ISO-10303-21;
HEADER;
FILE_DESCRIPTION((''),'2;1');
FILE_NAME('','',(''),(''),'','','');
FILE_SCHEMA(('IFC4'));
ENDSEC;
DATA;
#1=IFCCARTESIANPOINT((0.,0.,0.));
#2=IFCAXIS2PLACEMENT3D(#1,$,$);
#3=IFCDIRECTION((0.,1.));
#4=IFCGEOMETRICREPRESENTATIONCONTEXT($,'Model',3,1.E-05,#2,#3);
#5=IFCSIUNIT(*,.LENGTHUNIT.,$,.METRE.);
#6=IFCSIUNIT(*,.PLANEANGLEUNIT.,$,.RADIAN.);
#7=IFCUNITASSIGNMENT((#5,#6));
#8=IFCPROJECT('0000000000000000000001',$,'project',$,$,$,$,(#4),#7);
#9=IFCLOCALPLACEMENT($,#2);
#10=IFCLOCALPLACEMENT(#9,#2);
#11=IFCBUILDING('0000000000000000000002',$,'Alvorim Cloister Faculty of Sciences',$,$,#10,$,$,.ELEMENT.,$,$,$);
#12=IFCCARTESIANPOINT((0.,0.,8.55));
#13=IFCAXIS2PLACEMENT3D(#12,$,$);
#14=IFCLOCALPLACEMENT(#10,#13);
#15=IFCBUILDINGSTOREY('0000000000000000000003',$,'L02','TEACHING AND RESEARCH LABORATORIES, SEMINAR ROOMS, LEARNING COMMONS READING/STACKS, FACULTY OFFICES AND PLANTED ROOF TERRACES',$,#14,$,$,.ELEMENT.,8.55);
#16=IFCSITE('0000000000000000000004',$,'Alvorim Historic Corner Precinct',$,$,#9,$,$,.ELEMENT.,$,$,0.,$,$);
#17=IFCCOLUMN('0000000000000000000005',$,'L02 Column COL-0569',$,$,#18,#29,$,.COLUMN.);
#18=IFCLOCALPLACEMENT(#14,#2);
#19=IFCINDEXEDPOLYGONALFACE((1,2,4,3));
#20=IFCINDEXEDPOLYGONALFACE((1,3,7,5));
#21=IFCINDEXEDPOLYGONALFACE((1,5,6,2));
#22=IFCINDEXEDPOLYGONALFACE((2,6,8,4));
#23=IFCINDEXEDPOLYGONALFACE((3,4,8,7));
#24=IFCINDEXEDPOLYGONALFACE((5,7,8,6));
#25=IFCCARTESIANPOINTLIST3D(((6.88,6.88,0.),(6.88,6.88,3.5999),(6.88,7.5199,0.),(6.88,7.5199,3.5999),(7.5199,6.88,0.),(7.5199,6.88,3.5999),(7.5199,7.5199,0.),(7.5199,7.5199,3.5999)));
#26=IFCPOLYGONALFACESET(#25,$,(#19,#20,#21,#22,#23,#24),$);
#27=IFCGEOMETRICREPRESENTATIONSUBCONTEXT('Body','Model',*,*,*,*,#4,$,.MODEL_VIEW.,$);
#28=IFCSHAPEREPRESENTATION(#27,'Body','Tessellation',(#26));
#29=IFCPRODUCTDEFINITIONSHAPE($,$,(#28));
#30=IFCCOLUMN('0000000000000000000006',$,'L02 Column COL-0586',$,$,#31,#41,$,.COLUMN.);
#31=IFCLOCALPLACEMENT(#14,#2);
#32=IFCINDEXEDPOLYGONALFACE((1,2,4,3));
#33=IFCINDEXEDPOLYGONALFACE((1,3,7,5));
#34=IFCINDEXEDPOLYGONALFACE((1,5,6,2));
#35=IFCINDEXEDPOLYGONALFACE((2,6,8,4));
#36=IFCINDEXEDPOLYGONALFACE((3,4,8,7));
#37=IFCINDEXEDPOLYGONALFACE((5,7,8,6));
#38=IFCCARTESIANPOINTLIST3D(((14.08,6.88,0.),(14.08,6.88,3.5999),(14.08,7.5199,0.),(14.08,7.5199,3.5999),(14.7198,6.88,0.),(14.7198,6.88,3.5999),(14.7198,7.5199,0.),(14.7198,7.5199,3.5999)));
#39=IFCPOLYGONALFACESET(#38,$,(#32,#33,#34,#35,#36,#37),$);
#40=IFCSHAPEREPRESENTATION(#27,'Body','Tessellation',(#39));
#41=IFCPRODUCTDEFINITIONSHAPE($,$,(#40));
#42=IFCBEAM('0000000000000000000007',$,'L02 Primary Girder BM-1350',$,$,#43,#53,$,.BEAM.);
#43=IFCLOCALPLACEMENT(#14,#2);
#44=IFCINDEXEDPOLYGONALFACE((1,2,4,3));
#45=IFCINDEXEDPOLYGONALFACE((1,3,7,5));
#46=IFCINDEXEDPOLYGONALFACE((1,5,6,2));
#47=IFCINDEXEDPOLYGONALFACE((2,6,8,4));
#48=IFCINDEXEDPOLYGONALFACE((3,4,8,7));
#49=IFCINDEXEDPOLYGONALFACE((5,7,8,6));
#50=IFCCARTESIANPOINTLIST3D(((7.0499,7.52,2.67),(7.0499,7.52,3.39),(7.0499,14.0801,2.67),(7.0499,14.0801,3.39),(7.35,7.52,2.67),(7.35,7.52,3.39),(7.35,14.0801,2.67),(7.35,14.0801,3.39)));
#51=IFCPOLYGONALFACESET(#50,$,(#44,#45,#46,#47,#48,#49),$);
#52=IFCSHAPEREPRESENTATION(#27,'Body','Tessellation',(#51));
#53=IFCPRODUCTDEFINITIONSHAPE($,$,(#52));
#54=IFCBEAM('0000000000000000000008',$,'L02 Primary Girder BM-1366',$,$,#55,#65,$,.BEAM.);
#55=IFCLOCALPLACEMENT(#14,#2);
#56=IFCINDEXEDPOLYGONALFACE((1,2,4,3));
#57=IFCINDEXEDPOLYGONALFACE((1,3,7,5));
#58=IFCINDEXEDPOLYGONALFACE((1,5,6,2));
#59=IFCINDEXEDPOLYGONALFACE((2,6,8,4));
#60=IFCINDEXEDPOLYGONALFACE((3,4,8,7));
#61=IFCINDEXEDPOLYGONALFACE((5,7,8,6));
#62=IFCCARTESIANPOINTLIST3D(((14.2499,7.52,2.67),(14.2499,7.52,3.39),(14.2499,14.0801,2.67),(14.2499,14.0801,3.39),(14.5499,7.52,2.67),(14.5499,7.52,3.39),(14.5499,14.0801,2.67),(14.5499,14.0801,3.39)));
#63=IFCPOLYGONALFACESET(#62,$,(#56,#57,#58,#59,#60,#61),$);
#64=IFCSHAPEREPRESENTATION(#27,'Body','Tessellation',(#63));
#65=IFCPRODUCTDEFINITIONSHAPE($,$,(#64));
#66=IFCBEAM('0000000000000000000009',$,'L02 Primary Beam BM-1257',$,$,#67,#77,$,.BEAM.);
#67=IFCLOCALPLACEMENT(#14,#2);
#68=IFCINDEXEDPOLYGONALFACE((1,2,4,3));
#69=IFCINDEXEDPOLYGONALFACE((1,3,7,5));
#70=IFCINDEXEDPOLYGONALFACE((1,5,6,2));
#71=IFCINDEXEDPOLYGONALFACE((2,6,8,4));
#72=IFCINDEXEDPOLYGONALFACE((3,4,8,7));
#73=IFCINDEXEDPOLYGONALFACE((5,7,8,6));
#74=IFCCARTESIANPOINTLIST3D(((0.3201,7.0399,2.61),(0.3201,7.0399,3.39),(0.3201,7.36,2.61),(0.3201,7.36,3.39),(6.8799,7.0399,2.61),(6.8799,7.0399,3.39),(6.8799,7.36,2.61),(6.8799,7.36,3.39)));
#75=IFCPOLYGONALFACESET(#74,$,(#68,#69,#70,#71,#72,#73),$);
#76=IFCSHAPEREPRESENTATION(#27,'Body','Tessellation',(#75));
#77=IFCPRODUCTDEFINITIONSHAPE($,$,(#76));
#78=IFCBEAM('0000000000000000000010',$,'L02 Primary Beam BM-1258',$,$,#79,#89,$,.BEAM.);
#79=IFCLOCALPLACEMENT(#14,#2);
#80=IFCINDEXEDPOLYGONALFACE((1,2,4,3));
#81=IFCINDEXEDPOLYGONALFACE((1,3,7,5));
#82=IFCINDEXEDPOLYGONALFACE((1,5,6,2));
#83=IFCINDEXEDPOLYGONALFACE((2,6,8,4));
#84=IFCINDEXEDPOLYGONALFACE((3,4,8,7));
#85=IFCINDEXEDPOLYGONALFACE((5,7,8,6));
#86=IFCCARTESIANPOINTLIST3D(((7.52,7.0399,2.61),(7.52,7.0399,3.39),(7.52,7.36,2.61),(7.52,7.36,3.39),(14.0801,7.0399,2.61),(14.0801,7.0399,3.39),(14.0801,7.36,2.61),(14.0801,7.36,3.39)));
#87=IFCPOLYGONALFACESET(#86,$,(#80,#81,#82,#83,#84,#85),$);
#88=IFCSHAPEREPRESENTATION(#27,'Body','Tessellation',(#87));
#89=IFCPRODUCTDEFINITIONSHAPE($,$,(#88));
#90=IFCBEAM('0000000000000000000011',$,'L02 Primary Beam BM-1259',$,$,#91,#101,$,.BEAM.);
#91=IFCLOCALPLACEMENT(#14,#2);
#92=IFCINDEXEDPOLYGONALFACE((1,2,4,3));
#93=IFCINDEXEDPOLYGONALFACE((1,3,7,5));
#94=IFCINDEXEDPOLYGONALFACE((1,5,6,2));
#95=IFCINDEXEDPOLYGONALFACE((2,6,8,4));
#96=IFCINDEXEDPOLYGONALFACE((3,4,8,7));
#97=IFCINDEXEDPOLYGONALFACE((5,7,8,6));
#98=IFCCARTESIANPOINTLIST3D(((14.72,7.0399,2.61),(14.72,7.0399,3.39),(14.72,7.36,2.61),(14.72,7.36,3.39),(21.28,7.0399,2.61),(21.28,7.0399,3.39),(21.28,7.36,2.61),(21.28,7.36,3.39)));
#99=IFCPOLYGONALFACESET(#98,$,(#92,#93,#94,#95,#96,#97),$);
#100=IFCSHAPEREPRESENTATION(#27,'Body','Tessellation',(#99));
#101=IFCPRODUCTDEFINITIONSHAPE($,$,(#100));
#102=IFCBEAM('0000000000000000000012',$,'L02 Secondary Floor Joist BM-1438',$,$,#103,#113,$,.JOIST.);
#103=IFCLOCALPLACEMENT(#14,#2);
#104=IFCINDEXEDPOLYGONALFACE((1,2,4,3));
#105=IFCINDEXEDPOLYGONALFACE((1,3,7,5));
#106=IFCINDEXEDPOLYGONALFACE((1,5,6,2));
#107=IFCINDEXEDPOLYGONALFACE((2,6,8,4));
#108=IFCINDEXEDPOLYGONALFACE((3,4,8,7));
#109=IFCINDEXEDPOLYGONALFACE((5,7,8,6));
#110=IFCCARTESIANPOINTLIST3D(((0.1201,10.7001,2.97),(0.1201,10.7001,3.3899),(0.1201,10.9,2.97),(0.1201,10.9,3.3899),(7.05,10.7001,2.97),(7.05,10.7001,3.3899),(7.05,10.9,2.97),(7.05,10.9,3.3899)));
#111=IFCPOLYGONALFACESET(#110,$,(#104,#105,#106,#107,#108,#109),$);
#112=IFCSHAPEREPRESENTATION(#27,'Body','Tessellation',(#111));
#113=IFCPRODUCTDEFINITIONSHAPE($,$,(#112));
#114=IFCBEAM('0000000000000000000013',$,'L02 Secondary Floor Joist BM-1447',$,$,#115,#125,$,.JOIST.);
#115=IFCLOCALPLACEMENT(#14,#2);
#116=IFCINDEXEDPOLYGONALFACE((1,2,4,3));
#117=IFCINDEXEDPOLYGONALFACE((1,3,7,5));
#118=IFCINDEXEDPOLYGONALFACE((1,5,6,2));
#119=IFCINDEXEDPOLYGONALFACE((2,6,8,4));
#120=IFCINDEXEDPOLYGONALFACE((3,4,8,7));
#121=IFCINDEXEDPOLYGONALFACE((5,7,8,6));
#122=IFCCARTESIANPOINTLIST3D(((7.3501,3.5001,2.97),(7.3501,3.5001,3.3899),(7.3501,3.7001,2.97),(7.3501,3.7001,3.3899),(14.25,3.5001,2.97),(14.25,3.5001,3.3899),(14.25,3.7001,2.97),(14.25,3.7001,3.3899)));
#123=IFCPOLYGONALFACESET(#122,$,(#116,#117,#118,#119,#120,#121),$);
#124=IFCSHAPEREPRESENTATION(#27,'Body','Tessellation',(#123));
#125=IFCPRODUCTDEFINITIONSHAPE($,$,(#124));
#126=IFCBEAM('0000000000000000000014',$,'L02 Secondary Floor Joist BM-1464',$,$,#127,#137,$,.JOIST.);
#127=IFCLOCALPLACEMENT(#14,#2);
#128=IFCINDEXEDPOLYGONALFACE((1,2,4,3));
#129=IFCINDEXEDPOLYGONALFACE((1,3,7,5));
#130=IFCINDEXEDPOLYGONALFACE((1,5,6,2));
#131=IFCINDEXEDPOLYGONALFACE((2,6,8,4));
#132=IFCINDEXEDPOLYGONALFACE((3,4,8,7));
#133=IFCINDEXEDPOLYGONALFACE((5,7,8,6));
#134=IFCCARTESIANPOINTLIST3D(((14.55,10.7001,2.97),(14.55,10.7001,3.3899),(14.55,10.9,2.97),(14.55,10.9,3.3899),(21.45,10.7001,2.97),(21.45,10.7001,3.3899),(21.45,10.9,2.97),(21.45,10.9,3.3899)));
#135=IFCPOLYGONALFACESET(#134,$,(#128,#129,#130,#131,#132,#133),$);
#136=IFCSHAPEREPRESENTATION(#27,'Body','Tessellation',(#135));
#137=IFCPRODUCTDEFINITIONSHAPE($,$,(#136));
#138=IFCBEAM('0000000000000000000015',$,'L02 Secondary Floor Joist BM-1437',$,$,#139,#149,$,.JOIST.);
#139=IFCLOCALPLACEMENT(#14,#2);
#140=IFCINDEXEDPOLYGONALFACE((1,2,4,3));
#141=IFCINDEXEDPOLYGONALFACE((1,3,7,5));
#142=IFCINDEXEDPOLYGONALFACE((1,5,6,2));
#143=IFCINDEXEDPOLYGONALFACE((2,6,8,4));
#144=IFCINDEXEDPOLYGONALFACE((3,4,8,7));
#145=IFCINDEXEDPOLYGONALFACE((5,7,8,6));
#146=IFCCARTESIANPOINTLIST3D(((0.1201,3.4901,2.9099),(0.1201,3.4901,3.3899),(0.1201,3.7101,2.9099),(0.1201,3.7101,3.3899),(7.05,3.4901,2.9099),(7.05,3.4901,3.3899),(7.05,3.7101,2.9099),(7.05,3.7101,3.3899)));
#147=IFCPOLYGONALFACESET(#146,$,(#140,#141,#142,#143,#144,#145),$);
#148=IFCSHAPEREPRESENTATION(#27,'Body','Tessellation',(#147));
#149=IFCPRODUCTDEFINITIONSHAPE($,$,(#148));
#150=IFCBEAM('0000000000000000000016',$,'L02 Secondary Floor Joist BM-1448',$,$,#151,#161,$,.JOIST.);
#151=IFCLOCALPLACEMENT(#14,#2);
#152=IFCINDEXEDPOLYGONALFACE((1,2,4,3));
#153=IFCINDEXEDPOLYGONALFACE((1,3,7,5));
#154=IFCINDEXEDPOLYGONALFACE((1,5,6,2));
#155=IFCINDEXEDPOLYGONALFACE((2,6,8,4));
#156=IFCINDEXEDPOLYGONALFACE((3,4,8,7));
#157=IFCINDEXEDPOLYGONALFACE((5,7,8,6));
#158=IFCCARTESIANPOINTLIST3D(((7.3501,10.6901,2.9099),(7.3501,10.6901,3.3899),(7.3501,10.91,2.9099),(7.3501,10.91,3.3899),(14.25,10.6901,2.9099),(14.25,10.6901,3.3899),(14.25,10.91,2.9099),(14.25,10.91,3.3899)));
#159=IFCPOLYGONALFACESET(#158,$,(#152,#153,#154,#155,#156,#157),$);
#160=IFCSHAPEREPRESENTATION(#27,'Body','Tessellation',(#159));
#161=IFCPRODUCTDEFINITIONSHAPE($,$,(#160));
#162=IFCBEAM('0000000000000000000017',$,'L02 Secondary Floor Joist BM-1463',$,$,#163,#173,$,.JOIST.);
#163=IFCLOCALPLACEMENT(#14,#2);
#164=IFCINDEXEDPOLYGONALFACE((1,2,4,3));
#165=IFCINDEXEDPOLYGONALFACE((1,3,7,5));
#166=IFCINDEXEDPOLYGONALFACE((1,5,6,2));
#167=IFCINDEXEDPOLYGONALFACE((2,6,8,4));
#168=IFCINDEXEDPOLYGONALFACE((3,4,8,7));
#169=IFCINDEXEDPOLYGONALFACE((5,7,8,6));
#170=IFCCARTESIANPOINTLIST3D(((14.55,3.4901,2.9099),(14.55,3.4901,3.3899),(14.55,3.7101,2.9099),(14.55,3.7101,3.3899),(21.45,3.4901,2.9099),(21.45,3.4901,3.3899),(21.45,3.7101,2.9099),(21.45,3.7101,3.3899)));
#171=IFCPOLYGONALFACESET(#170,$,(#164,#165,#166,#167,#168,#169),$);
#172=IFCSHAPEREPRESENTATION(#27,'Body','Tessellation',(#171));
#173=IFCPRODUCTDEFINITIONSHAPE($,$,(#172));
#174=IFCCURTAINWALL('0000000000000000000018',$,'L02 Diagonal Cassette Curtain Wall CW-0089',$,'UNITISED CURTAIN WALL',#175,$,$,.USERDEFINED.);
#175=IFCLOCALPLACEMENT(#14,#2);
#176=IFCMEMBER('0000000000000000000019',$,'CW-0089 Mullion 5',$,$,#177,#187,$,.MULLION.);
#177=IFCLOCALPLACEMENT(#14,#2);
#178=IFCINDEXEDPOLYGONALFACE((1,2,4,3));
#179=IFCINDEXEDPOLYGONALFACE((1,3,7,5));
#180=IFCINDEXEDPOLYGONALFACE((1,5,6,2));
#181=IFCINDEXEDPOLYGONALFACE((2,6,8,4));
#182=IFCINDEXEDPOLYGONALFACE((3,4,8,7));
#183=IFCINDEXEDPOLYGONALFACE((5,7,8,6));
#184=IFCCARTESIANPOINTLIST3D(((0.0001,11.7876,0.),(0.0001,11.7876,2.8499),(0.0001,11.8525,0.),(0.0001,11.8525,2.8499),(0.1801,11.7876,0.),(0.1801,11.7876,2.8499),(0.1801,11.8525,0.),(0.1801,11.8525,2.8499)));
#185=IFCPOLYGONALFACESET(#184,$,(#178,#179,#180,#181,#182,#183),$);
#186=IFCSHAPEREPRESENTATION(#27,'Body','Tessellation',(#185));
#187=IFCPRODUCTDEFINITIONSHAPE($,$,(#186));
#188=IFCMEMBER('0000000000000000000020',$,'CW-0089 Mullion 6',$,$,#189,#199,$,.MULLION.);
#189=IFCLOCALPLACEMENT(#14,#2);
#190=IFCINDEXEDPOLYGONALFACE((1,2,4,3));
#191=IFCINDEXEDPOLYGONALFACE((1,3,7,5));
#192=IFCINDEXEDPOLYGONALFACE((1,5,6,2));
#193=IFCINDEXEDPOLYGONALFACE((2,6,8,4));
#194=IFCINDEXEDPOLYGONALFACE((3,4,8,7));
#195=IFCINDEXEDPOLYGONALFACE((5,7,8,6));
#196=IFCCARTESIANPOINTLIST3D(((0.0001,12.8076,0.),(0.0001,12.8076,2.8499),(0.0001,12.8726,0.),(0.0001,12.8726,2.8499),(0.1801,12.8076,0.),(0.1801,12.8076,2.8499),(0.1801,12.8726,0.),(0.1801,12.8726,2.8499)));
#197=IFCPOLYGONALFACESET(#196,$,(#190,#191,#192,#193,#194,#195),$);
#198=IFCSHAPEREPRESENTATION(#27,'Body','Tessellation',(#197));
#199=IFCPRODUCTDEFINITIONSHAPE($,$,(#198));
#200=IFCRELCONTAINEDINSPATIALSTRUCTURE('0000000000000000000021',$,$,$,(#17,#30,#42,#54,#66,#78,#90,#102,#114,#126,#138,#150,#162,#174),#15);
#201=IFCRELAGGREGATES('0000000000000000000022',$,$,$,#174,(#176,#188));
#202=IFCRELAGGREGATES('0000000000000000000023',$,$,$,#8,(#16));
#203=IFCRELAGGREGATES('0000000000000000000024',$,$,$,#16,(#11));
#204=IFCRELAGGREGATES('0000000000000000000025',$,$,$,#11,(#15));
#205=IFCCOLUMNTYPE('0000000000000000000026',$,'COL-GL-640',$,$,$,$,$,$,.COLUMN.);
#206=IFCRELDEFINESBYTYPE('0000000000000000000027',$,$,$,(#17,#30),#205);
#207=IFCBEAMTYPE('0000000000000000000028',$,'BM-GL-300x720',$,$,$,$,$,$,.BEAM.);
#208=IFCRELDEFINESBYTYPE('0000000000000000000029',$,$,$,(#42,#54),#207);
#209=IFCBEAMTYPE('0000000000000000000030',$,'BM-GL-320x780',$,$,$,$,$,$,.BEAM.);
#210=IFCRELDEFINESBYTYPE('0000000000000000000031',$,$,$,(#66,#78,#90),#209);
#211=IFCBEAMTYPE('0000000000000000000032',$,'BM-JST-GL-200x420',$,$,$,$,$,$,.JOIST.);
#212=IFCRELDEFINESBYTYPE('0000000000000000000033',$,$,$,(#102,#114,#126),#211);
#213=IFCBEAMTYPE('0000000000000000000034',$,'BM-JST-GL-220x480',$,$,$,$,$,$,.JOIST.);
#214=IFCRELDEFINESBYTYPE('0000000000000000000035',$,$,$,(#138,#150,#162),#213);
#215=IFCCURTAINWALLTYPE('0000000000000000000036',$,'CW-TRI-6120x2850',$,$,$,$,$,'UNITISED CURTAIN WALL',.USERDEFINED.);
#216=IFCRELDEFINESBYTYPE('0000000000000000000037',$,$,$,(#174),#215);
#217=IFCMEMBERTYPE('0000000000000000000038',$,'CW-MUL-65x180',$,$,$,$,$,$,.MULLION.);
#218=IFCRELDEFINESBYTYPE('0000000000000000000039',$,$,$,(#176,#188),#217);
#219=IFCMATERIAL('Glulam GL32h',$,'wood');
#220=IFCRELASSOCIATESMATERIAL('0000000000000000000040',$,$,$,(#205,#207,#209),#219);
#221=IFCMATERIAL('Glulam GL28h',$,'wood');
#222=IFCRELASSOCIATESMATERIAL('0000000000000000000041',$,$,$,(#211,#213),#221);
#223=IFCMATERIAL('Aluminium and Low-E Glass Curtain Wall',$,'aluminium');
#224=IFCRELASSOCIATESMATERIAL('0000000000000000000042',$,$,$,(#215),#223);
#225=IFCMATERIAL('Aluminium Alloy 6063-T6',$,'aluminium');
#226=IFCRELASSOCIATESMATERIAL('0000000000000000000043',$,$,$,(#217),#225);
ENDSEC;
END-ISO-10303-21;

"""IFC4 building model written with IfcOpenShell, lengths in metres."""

from ifc_helpers import new_model, si_unit, direction, frame, origin, origin_2d, place, context, subcontext, project, spatial, rectangle, extrude, material, material_profile, profile_set, type_object, element, aggregate, save


model = new_model("IFC4")

# Units and contexts
model_context = context("Model", 3, precision=1e-05, world=origin(), true_north=direction((0.0, 1.0)))
body_context = subcontext(model_context, "Body", "Model", "MODEL_VIEW")
ifc_project = project(units=[si_unit("LENGTHUNIT", "METRE"), si_unit("PLANEANGLEUNIT", "RADIAN")], contexts=[model_context])

# Site, building, storey
site_placement = place(None, origin())
site = spatial("IfcSite", under=ifc_project, at=site_placement, Name="Alvorim Historic Corner Precinct", CompositionType="ELEMENT", RefElevation=0.0)
building_placement = place(site_placement, origin())
building = spatial("IfcBuilding", under=site, at=building_placement, Name="Alvorim Cloister Faculty of Sciences", CompositionType="ELEMENT")
storey_placement = place(building_placement, frame((0.0, 0.0, 8.55)))
storey = spatial("IfcBuildingStorey", under=building, at=storey_placement, Name="L02", Description="TEACHING AND RESEARCH LABORATORIES, SEMINAR ROOMS, LEARNING COMMONS READING/STACKS, FACULTY OFFICES AND PLANTED ROOF TERRACES", CompositionType="ELEMENT", Elevation=8.55)

# Columns
ifc_material_1 = material(Name="Glulam GL32h", Category="wood")
ifc_material_profile_1 = material_profile(ifc_material_1, rectangle(XDim=0.6399, YDim=0.6399, at=origin_2d()), Name="GL32-COL-640x640")
ifc_profile_set_1 = profile_set([ifc_material_profile_1], Name="Glulam GL32h")
column_type = type_object("IfcColumnType", Name="COL-GL-640", PredefinedType="COLUMN", material=ifc_profile_set_1)
for number, where, z_axis, x_axis, name in (
    (1, (7.2, 7.2, 0.0), (0.0, 0.0, 1.0), (1.0, 0.0, 0.0), "L02 Column COL-0569"),
    (2, (14.3999, 7.2, 0.0), (0.0, 0.0, 1.0), (1.0, 0.0, 0.0), "L02 Column COL-0586"),
):
    element("IfcColumn", number, at=place(storey_placement, frame(where, z_axis=z_axis, x_axis=x_axis)), inside=storey, type_object=column_type, Name=name, PredefinedType="COLUMN", context=body_context, shape_type="SweptSolid", body=[
        extrude(rectangle(XDim=0.6399, YDim=0.6399, at=origin_2d()), origin(), (0.0, 0.0, 1.0), 3.5999),
    ])

# Beams
ifc_material_profile_2 = material_profile(ifc_material_1, rectangle(XDim=0.3, YDim=0.72, at=origin_2d()), Name="GL32-BM-300x720")
ifc_profile_set_2 = profile_set([ifc_material_profile_2], Name="Glulam GL32h")
beam_type_1 = type_object("IfcBeamType", Name="BM-GL-300x720", PredefinedType="BEAM", material=ifc_profile_set_2)
for number, where, z_axis, x_axis, name in (
    (3, (7.2, 7.52, 3.03), (0.0, 1.0, 0.0), (-1.0, 0.0, 0.0), "L02 Primary Girder BM-1350"),
    (4, (14.3999, 7.52, 3.03), (0.0, 1.0, 0.0), (-1.0, 0.0, 0.0), "L02 Primary Girder BM-1366"),
):
    element("IfcBeam", number, at=place(storey_placement, frame(where, z_axis=z_axis, x_axis=x_axis)), inside=storey, type_object=beam_type_1, Name=name, PredefinedType="BEAM", context=body_context, shape_type="SweptSolid", body=[
        extrude(rectangle(XDim=0.3, YDim=0.72, at=origin_2d()), origin(), (0.0, 0.0, 1.0), 6.5601),
    ])
ifc_material_profile_3 = material_profile(ifc_material_1, rectangle(XDim=0.3201, YDim=0.78, at=origin_2d()), Name="GL32-BM-320x780")
ifc_profile_set_3 = profile_set([ifc_material_profile_3], Name="Glulam GL32h")
beam_type_2 = type_object("IfcBeamType", Name="BM-GL-320x780", PredefinedType="BEAM", material=ifc_profile_set_3)
beam_1_placement = place(storey_placement, frame((0.3201, 7.2, 3.0), z_axis=(1.0, 0.0, 0.0), x_axis=(0.0, 1.0, 0.0)))
element("IfcBeam", 5, at=beam_1_placement, inside=storey, type_object=beam_type_2, Name="L02 Primary Beam BM-1257", PredefinedType="BEAM", context=body_context, shape_type="SweptSolid", body=[
    extrude(rectangle(XDim=0.3201, YDim=0.78, at=origin_2d()), origin(), (0.0, 0.0, 1.0), 6.5598),
])
for number, where, z_axis, x_axis, name in (
    (6, (7.52, 7.2, 3.0), (1.0, 0.0, 0.0), (0.0, 1.0, 0.0), "L02 Primary Beam BM-1258"),
    (7, (14.72, 7.2, 3.0), (1.0, 0.0, 0.0), (0.0, 1.0, 0.0), "L02 Primary Beam BM-1259"),
):
    element("IfcBeam", number, at=place(storey_placement, frame(where, z_axis=z_axis, x_axis=x_axis)), inside=storey, type_object=beam_type_2, Name=name, PredefinedType="BEAM", context=body_context, shape_type="SweptSolid", body=[
        extrude(rectangle(XDim=0.3201, YDim=0.78, at=origin_2d()), origin(), (0.0, 0.0, 1.0), 6.5601),
    ])
ifc_material_2 = material(Name="Glulam GL28h", Category="wood")
ifc_material_profile_4 = material_profile(ifc_material_2, rectangle(XDim=0.2, YDim=0.4199, at=origin_2d()), Name="GL28-JST-200x420")
ifc_profile_set_4 = profile_set([ifc_material_profile_4], Name="Glulam GL28h")
beam_type_3 = type_object("IfcBeamType", Name="BM-JST-GL-200x420", PredefinedType="JOIST", material=ifc_profile_set_4)
beam_2_placement = place(storey_placement, frame((0.1201, 10.8, 3.1799), z_axis=(1.0, 0.0, 0.0), x_axis=(0.0, 1.0, 0.0)))
element("IfcBeam", 8, at=beam_2_placement, inside=storey, type_object=beam_type_3, Name="L02 Secondary Floor Joist BM-1438", PredefinedType="JOIST", context=body_context, shape_type="SweptSolid", body=[
    extrude(rectangle(XDim=0.2, YDim=0.4199, at=origin_2d()), origin(), (0.0, 0.0, 1.0), 6.9299),
])
for number, where, z_axis, x_axis, name in (
    (9, (7.3501, 3.6001, 3.1799), (1.0, 0.0, 0.0), (0.0, 1.0, 0.0), "L02 Secondary Floor Joist BM-1447"),
    (10, (14.55, 10.8, 3.1799), (1.0, 0.0, 0.0), (0.0, 1.0, 0.0), "L02 Secondary Floor Joist BM-1464"),
):
    element("IfcBeam", number, at=place(storey_placement, frame(where, z_axis=z_axis, x_axis=x_axis)), inside=storey, type_object=beam_type_3, Name=name, PredefinedType="JOIST", context=body_context, shape_type="SweptSolid", body=[
        extrude(rectangle(XDim=0.2, YDim=0.4199, at=origin_2d()), origin(), (0.0, 0.0, 1.0), 6.8999),
    ])
ifc_material_profile_5 = material_profile(ifc_material_2, rectangle(XDim=0.22, YDim=0.48, at=origin_2d()), Name="GL28-JST-220x480")
ifc_profile_set_5 = profile_set([ifc_material_profile_5], Name="Glulam GL28h")
beam_type_4 = type_object("IfcBeamType", Name="BM-JST-GL-220x480", PredefinedType="JOIST", material=ifc_profile_set_5)
beam_3_placement = place(storey_placement, frame((0.1201, 3.6001, 3.1499), z_axis=(1.0, 0.0, 0.0), x_axis=(0.0, 1.0, 0.0)))
element("IfcBeam", 11, at=beam_3_placement, inside=storey, type_object=beam_type_4, Name="L02 Secondary Floor Joist BM-1437", PredefinedType="JOIST", context=body_context, shape_type="SweptSolid", body=[
    extrude(rectangle(XDim=0.22, YDim=0.48, at=origin_2d()), origin(), (0.0, 0.0, 1.0), 6.9299),
])
for number, where, z_axis, x_axis, name in (
    (12, (7.3501, 10.8, 3.1499), (1.0, 0.0, 0.0), (0.0, 1.0, 0.0), "L02 Secondary Floor Joist BM-1448"),
    (13, (14.55, 3.6001, 3.1499), (1.0, 0.0, 0.0), (0.0, 1.0, 0.0), "L02 Secondary Floor Joist BM-1463"),
):
    element("IfcBeam", number, at=place(storey_placement, frame(where, z_axis=z_axis, x_axis=x_axis)), inside=storey, type_object=beam_type_4, Name=name, PredefinedType="JOIST", context=body_context, shape_type="SweptSolid", body=[
        extrude(rectangle(XDim=0.22, YDim=0.48, at=origin_2d()), origin(), (0.0, 0.0, 1.0), 6.8999),
    ])

# Curtain wall, members
ifc_material_3 = material(Name="Aluminium and Low-E Glass Curtain Wall", Category="aluminium")
curtain_wall_type = type_object("IfcCurtainWallType", Name="CW-TRI-6120x2850", ElementType="UNITISED CURTAIN WALL", PredefinedType="USERDEFINED", material=ifc_material_3)
curtain_wall_placement = place(storey_placement, origin())
curtain_wall = element("IfcCurtainWall", 14, at=curtain_wall_placement, inside=storey, type_object=curtain_wall_type, Name="L02 Diagonal Cassette Curtain Wall CW-0089", ObjectType="UNITISED CURTAIN WALL", PredefinedType="USERDEFINED")
ifc_material_4 = material(Name="Aluminium Alloy 6063-T6", Category="aluminium")
ifc_material_profile_6 = material_profile(ifc_material_4, rectangle(XDim=0.0649, YDim=0.1799, at=origin_2d()), Name="ALU-MUL-65x180")
ifc_profile_set_6 = profile_set([ifc_material_profile_6], Name="Aluminium Alloy 6063-T6")
member_type_1 = type_object("IfcMemberType", Name="CW-MUL-65x180", PredefinedType="MULLION", material=ifc_profile_set_6)
member_1_placement = place(storey_placement, frame((0.0901, 11.8201, 0.0), z_axis=(0.0, 0.0, 1.0), x_axis=(0.0, 1.0, 0.0)))
member_1 = element("IfcMember", 15, at=member_1_placement, type_object=member_type_1, Name="CW-0089 Mullion 5", PredefinedType="MULLION", context=body_context, shape_type="SweptSolid", body=[
    extrude(rectangle(XDim=0.0649, YDim=0.1799, at=origin_2d()), origin(), (0.0, 0.0, 1.0), 2.8499),
])
member_2_placement = place(storey_placement, frame((0.0901, 12.8401, 0.0), z_axis=(0.0, 0.0, 1.0), x_axis=(0.0, 1.0, 0.0)))
member_2 = element("IfcMember", 16, at=member_2_placement, type_object=member_type_1, Name="CW-0089 Mullion 6", PredefinedType="MULLION", context=body_context, shape_type="SweptSolid", body=[
    extrude(rectangle(XDim=0.0649, YDim=0.1799, at=origin_2d()), origin(), (0.0, 0.0, 1.0), 2.8499),
])
aggregate(curtain_wall, [member_1, member_2])

save(model, "model.ifc")
